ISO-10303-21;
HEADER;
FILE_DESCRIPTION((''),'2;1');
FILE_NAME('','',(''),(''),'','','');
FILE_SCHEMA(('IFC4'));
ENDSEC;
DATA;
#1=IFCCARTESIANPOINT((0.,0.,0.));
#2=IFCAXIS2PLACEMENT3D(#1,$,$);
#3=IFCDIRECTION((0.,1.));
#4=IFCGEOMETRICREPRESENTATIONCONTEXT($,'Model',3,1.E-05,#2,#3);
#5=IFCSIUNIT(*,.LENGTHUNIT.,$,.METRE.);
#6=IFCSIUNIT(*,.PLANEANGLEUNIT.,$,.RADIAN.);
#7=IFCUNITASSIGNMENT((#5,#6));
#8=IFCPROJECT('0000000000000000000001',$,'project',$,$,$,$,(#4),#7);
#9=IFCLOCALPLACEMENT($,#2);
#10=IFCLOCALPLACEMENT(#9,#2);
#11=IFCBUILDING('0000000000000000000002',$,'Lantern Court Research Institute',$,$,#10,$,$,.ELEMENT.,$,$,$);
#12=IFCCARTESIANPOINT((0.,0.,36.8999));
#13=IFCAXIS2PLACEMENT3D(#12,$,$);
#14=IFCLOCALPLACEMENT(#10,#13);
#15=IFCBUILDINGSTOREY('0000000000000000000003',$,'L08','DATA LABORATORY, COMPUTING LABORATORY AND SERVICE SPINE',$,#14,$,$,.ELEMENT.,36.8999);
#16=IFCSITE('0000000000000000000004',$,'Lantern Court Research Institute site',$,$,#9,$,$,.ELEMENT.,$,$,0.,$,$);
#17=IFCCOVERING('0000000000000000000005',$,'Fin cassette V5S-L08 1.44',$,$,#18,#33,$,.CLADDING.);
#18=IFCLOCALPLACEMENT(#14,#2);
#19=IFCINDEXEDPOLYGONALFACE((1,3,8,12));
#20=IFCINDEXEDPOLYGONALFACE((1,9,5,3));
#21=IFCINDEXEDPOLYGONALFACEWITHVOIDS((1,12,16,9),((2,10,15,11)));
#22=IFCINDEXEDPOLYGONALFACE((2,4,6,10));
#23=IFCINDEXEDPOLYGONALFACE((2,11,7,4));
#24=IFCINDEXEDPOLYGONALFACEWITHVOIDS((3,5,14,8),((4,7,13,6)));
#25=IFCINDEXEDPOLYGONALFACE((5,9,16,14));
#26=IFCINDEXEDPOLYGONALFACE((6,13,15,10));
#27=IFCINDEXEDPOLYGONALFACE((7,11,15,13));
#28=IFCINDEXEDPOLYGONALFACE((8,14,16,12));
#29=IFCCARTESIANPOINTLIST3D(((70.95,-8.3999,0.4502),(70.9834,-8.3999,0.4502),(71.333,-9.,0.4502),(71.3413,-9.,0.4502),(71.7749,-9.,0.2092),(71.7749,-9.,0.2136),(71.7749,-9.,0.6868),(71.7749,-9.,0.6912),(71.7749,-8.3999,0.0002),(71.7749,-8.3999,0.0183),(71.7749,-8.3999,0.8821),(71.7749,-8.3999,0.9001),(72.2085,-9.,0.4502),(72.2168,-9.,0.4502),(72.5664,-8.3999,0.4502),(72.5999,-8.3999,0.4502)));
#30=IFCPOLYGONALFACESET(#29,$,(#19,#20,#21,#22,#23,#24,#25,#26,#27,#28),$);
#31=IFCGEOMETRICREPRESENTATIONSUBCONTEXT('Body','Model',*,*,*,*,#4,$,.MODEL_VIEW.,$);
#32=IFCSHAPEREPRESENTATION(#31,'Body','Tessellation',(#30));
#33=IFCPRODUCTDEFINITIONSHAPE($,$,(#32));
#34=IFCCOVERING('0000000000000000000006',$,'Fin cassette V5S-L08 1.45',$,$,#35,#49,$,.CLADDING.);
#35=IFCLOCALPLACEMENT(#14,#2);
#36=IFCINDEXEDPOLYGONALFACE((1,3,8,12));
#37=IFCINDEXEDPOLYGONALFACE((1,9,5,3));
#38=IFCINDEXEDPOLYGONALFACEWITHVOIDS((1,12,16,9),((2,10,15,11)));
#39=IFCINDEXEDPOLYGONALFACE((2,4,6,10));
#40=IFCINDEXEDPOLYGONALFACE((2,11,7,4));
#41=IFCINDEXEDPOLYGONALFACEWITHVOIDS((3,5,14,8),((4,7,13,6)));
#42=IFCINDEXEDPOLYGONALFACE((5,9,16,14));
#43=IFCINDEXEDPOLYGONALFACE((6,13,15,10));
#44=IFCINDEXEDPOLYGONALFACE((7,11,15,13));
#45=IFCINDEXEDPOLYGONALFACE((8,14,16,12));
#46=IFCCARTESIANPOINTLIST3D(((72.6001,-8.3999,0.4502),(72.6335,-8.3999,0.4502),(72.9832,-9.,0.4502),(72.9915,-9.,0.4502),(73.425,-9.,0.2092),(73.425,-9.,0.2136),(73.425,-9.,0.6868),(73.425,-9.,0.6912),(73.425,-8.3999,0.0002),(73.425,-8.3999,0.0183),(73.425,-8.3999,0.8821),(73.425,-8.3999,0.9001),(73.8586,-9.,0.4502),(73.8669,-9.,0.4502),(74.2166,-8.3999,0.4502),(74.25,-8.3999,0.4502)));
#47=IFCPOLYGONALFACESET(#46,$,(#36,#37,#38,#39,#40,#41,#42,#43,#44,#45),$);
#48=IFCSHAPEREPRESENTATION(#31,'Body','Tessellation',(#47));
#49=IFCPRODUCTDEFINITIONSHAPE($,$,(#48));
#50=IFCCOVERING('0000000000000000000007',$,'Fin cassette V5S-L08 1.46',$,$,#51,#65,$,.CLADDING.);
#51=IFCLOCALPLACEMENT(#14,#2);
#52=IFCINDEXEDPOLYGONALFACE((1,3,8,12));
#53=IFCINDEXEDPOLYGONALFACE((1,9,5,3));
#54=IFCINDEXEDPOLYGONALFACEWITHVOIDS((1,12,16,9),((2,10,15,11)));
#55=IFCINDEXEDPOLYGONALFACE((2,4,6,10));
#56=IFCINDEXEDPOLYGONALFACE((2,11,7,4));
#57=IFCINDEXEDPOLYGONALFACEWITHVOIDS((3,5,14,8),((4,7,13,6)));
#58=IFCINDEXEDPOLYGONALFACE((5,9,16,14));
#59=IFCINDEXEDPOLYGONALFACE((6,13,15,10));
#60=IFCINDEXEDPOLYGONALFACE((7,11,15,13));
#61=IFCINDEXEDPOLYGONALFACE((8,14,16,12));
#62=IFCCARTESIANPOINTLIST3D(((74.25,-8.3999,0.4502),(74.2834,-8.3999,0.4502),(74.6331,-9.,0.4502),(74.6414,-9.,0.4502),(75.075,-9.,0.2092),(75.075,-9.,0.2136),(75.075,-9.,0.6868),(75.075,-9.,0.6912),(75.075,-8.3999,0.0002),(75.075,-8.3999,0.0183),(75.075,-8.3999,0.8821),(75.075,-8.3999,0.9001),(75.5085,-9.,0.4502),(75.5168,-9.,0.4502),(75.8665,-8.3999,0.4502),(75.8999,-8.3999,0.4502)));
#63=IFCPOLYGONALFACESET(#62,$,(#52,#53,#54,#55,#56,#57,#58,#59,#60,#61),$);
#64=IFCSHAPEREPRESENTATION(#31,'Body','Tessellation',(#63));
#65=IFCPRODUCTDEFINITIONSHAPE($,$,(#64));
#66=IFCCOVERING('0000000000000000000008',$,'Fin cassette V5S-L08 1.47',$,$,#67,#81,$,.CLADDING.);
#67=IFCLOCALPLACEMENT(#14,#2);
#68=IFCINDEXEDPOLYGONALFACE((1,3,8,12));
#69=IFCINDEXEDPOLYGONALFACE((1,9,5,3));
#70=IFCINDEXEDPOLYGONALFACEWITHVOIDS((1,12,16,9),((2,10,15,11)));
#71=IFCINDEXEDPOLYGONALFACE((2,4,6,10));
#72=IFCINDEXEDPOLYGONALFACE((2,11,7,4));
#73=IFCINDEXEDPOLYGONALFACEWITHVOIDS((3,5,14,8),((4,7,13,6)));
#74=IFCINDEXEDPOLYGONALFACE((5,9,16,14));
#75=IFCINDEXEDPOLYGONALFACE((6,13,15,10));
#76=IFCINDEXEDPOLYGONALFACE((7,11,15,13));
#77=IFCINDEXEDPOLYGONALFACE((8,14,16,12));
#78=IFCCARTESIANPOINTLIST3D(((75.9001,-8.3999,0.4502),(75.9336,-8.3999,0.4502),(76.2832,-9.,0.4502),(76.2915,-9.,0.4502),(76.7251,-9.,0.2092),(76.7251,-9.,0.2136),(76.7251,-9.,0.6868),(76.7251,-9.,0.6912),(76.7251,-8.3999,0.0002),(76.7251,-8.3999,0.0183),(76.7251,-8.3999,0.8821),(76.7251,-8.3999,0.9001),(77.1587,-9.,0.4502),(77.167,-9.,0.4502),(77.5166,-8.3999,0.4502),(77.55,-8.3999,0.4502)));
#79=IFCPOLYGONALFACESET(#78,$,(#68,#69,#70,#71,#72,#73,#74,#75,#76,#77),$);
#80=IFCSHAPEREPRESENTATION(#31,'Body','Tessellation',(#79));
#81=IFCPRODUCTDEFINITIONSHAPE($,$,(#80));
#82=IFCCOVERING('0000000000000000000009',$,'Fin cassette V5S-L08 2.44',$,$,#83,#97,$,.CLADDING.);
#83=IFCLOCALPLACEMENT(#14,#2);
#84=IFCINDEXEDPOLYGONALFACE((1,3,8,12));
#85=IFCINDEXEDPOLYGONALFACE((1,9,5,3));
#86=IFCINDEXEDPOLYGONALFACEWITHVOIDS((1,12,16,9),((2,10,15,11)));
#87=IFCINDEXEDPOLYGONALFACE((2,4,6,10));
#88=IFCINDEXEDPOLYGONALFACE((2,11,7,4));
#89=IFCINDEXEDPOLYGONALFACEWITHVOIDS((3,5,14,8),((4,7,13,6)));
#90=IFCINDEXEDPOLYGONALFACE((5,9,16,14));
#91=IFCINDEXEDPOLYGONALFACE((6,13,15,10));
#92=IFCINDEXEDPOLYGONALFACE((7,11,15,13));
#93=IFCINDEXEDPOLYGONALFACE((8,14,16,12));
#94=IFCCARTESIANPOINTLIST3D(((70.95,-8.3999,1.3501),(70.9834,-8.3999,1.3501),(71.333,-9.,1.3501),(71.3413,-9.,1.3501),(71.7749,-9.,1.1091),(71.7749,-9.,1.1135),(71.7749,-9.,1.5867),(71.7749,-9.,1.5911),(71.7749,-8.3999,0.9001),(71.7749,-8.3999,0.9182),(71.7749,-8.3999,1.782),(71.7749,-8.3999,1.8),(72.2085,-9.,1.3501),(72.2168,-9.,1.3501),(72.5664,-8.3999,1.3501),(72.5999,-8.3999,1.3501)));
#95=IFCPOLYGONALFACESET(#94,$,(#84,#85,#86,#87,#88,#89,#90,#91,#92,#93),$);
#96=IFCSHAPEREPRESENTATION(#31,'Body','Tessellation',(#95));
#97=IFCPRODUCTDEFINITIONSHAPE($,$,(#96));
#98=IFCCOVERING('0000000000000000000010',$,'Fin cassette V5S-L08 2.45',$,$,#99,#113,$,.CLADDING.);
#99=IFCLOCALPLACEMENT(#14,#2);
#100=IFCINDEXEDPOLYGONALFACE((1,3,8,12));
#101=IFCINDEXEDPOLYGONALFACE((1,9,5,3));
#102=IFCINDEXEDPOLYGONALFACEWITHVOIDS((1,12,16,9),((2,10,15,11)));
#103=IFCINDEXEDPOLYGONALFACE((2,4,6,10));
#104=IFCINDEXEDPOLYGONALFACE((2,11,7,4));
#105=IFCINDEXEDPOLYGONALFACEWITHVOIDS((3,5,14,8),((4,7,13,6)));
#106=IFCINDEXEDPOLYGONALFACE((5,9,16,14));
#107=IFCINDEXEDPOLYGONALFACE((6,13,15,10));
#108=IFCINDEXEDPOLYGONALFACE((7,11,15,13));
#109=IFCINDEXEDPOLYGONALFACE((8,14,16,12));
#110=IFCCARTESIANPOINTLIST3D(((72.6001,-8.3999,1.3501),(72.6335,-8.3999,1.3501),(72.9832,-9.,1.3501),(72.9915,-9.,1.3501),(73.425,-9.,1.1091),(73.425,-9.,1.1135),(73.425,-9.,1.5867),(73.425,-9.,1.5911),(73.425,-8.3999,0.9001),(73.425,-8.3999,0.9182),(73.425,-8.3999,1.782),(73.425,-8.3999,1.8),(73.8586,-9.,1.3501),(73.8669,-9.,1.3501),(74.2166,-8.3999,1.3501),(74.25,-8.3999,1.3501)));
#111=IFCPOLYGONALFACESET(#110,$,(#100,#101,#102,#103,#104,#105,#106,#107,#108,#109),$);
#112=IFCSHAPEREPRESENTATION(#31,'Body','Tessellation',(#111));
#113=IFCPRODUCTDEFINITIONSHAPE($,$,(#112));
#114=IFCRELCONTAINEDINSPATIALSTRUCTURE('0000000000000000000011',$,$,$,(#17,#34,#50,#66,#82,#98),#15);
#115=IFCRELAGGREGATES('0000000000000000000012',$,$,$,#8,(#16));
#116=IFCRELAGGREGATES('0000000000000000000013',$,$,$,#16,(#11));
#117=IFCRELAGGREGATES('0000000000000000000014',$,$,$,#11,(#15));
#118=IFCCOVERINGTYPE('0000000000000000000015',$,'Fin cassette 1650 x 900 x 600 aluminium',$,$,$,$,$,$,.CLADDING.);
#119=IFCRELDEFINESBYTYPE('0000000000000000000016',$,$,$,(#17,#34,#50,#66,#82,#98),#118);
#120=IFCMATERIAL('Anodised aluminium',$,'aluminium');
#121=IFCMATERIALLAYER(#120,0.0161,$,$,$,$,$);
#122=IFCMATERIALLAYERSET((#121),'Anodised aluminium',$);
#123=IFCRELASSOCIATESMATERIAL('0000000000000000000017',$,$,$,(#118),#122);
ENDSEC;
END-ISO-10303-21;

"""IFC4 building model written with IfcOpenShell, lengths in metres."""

from ifc_helpers import new_model, entity, si_unit, direction, frame, origin, place, context, subcontext, project, spatial, material, layer, layer_set, type_object, element, save


model = new_model("IFC4")

# Units and contexts
model_context = context("Model", 3, precision=1e-05, world=origin(), true_north=direction((0.0, 1.0)))
body_context = subcontext(model_context, "Body", "Model", "MODEL_VIEW")
ifc_project = project(units=[si_unit("LENGTHUNIT", "METRE"), si_unit("PLANEANGLEUNIT", "RADIAN")], contexts=[model_context])

# Site, building, storey
site_placement = place(None, origin())
site = spatial("IfcSite", under=ifc_project, at=site_placement, Name="Lantern Court Research Institute site", CompositionType="ELEMENT", RefElevation=0.0)
building_placement = place(site_placement, origin())
building = spatial("IfcBuilding", under=site, at=building_placement, Name="Lantern Court Research Institute", CompositionType="ELEMENT")
storey_placement = place(building_placement, frame((0.0, 0.0, 36.8999)))
storey = spatial("IfcBuildingStorey", under=building, at=storey_placement, Name="L08", Description="DATA LABORATORY, COMPUTING LABORATORY AND SERVICE SPINE", CompositionType="ELEMENT", Elevation=36.8999)

# Coverings
ifc_material = material(Name="Anodised aluminium", Category="aluminium")
ifc_layer = layer(ifc_material, 0.0161)
ifc_layer_set = layer_set([ifc_layer], Name="Anodised aluminium")
covering_type = type_object("IfcCoveringType", Name="Fin cassette 1650 x 900 x 600 aluminium", PredefinedType="CLADDING", material=ifc_layer_set)
covering_1_placement = place(storey_placement, frame((71.7749, -8.3999, 0.4502), z_axis=(0.0, -1.0, 0.0), x_axis=(1.0, 0.0, 0.0)))
cartesian_point_1 = entity("IfcCartesianPoint", [0.825, 0.0])
cartesian_point_2 = entity("IfcCartesianPoint", [0.7915, 0.0])
cartesian_point_3 = entity("IfcCartesianPoint", [0.4419, 0.0])
cartesian_point_4 = entity("IfcCartesianPoint", [0.4336, 0.0])
element("IfcCovering", 1, at=covering_1_placement, inside=storey, type_object=covering_type, Name="Fin cassette V5S-L08 1.44", PredefinedType="CLADDING", context=body_context, shape_type="SweptSolid", body=[
    entity("IfcExtrudedAreaSolidTapered", entity("IfcArbitraryProfileDefWithVoids", "AREA", None, entity("IfcPolyline", [cartesian_point_1, entity("IfcCartesianPoint", [0.0, 0.45]), entity("IfcCartesianPoint", [-0.825, 0.0]), entity("IfcCartesianPoint", [0.0, -0.45]), cartesian_point_1]), [entity("IfcPolyline", [cartesian_point_2, entity("IfcCartesianPoint", [0.0, 0.4319]), entity("IfcCartesianPoint", [-0.7915, 0.0]), entity("IfcCartesianPoint", [0.0, -0.4319]), cartesian_point_2])]), entity("IfcAxis2Placement3D", entity("IfcCartesianPoint", [0.0, 0.0, 0.0])), entity("IfcDirection", [0.0, 0.0, 1.0]), 0.6001, entity("IfcArbitraryProfileDefWithVoids", "AREA", None, entity("IfcPolyline", [cartesian_point_3, entity("IfcCartesianPoint", [0.0, 0.241]), entity("IfcCartesianPoint", [-0.4419, 0.0]), entity("IfcCartesianPoint", [0.0, -0.241]), cartesian_point_3]), [entity("IfcPolyline", [cartesian_point_4, entity("IfcCartesianPoint", [0.0, 0.2366]), entity("IfcCartesianPoint", [-0.4336, 0.0]), entity("IfcCartesianPoint", [0.0, -0.2366]), cartesian_point_4])])),
])
covering_2_placement = place(storey_placement, frame((73.425, -8.3999, 0.4502), z_axis=(0.0, -1.0, 0.0), x_axis=(1.0, 0.0, 0.0)))
cartesian_point_5 = entity("IfcCartesianPoint", [0.825, 0.0])
cartesian_point_6 = entity("IfcCartesianPoint", [0.7915, 0.0])
cartesian_point_7 = entity("IfcCartesianPoint", [0.4419, 0.0])
cartesian_point_8 = entity("IfcCartesianPoint", [0.4336, 0.0])
element("IfcCovering", 2, at=covering_2_placement, inside=storey, type_object=covering_type, Name="Fin cassette V5S-L08 1.45", PredefinedType="CLADDING", context=body_context, shape_type="SweptSolid", body=[
    entity("IfcExtrudedAreaSolidTapered", entity("IfcArbitraryProfileDefWithVoids", "AREA", None, entity("IfcPolyline", [cartesian_point_5, entity("IfcCartesianPoint", [0.0, 0.45]), entity("IfcCartesianPoint", [-0.825, 0.0]), entity("IfcCartesianPoint", [0.0, -0.45]), cartesian_point_5]), [entity("IfcPolyline", [cartesian_point_6, entity("IfcCartesianPoint", [0.0, 0.4319]), entity("IfcCartesianPoint", [-0.7915, 0.0]), entity("IfcCartesianPoint", [0.0, -0.4319]), cartesian_point_6])]), entity("IfcAxis2Placement3D", entity("IfcCartesianPoint", [0.0, 0.0, 0.0])), entity("IfcDirection", [0.0, 0.0, 1.0]), 0.6001, entity("IfcArbitraryProfileDefWithVoids", "AREA", None, entity("IfcPolyline", [cartesian_point_7, entity("IfcCartesianPoint", [0.0, 0.241]), entity("IfcCartesianPoint", [-0.4419, 0.0]), entity("IfcCartesianPoint", [0.0, -0.241]), cartesian_point_7]), [entity("IfcPolyline", [cartesian_point_8, entity("IfcCartesianPoint", [0.0, 0.2366]), entity("IfcCartesianPoint", [-0.4336, 0.0]), entity("IfcCartesianPoint", [0.0, -0.2366]), cartesian_point_8])])),
])
covering_3_placement = place(storey_placement, frame((75.075, -8.3999, 0.4502), z_axis=(0.0, -1.0, 0.0), x_axis=(1.0, 0.0, 0.0)))
cartesian_point_9 = entity("IfcCartesianPoint", [0.825, 0.0])
cartesian_point_10 = entity("IfcCartesianPoint", [0.7915, 0.0])
cartesian_point_11 = entity("IfcCartesianPoint", [0.4419, 0.0])
cartesian_point_12 = entity("IfcCartesianPoint", [0.4336, 0.0])
element("IfcCovering", 3, at=covering_3_placement, inside=storey, type_object=covering_type, Name="Fin cassette V5S-L08 1.46", PredefinedType="CLADDING", context=body_context, shape_type="SweptSolid", body=[
    entity("IfcExtrudedAreaSolidTapered", entity("IfcArbitraryProfileDefWithVoids", "AREA", None, entity("IfcPolyline", [cartesian_point_9, entity("IfcCartesianPoint", [0.0, 0.45]), entity("IfcCartesianPoint", [-0.825, 0.0]), entity("IfcCartesianPoint", [0.0, -0.45]), cartesian_point_9]), [entity("IfcPolyline", [cartesian_point_10, entity("IfcCartesianPoint", [0.0, 0.4319]), entity("IfcCartesianPoint", [-0.7915, 0.0]), entity("IfcCartesianPoint", [0.0, -0.4319]), cartesian_point_10])]), entity("IfcAxis2Placement3D", entity("IfcCartesianPoint", [0.0, 0.0, 0.0])), entity("IfcDirection", [0.0, 0.0, 1.0]), 0.6001, entity("IfcArbitraryProfileDefWithVoids", "AREA", None, entity("IfcPolyline", [cartesian_point_11, entity("IfcCartesianPoint", [0.0, 0.241]), entity("IfcCartesianPoint", [-0.4419, 0.0]), entity("IfcCartesianPoint", [0.0, -0.241]), cartesian_point_11]), [entity("IfcPolyline", [cartesian_point_12, entity("IfcCartesianPoint", [0.0, 0.2366]), entity("IfcCartesianPoint", [-0.4336, 0.0]), entity("IfcCartesianPoint", [0.0, -0.2366]), cartesian_point_12])])),
])
covering_4_placement = place(storey_placement, frame((76.7251, -8.3999, 0.4502), z_axis=(0.0, -1.0, 0.0), x_axis=(1.0, 0.0, 0.0)))
cartesian_point_13 = entity("IfcCartesianPoint", [0.825, 0.0])
cartesian_point_14 = entity("IfcCartesianPoint", [0.7915, 0.0])
cartesian_point_15 = entity("IfcCartesianPoint", [0.4419, 0.0])
cartesian_point_16 = entity("IfcCartesianPoint", [0.4336, 0.0])
element("IfcCovering", 4, at=covering_4_placement, inside=storey, type_object=covering_type, Name="Fin cassette V5S-L08 1.47", PredefinedType="CLADDING", context=body_context, shape_type="SweptSolid", body=[
    entity("IfcExtrudedAreaSolidTapered", entity("IfcArbitraryProfileDefWithVoids", "AREA", None, entity("IfcPolyline", [cartesian_point_13, entity("IfcCartesianPoint", [0.0, 0.45]), entity("IfcCartesianPoint", [-0.825, 0.0]), entity("IfcCartesianPoint", [0.0, -0.45]), cartesian_point_13]), [entity("IfcPolyline", [cartesian_point_14, entity("IfcCartesianPoint", [0.0, 0.4319]), entity("IfcCartesianPoint", [-0.7915, 0.0]), entity("IfcCartesianPoint", [0.0, -0.4319]), cartesian_point_14])]), entity("IfcAxis2Placement3D", entity("IfcCartesianPoint", [0.0, 0.0, 0.0])), entity("IfcDirection", [0.0, 0.0, 1.0]), 0.6001, entity("IfcArbitraryProfileDefWithVoids", "AREA", None, entity("IfcPolyline", [cartesian_point_15, entity("IfcCartesianPoint", [0.0, 0.241]), entity("IfcCartesianPoint", [-0.4419, 0.0]), entity("IfcCartesianPoint", [0.0, -0.241]), cartesian_point_15]), [entity("IfcPolyline", [cartesian_point_16, entity("IfcCartesianPoint", [0.0, 0.2366]), entity("IfcCartesianPoint", [-0.4336, 0.0]), entity("IfcCartesianPoint", [0.0, -0.2366]), cartesian_point_16])])),
])
covering_5_placement = place(storey_placement, frame((71.7749, -8.3999, 1.3501), z_axis=(0.0, -1.0, 0.0), x_axis=(1.0, 0.0, 0.0)))
cartesian_point_17 = entity("IfcCartesianPoint", [0.825, 0.0])
cartesian_point_18 = entity("IfcCartesianPoint", [0.7915, 0.0])
cartesian_point_19 = entity("IfcCartesianPoint", [0.4419, 0.0])
cartesian_point_20 = entity("IfcCartesianPoint", [0.4336, 0.0])
element("IfcCovering", 5, at=covering_5_placement, inside=storey, type_object=covering_type, Name="Fin cassette V5S-L08 2.44", PredefinedType="CLADDING", context=body_context, shape_type="SweptSolid", body=[
    entity("IfcExtrudedAreaSolidTapered", entity("IfcArbitraryProfileDefWithVoids", "AREA", None, entity("IfcPolyline", [cartesian_point_17, entity("IfcCartesianPoint", [0.0, 0.45]), entity("IfcCartesianPoint", [-0.825, 0.0]), entity("IfcCartesianPoint", [0.0, -0.45]), cartesian_point_17]), [entity("IfcPolyline", [cartesian_point_18, entity("IfcCartesianPoint", [0.0, 0.4319]), entity("IfcCartesianPoint", [-0.7915, 0.0]), entity("IfcCartesianPoint", [0.0, -0.4319]), cartesian_point_18])]), entity("IfcAxis2Placement3D", entity("IfcCartesianPoint", [0.0, 0.0, 0.0])), entity("IfcDirection", [0.0, 0.0, 1.0]), 0.6001, entity("IfcArbitraryProfileDefWithVoids", "AREA", None, entity("IfcPolyline", [cartesian_point_19, entity("IfcCartesianPoint", [0.0, 0.241]), entity("IfcCartesianPoint", [-0.4419, 0.0]), entity("IfcCartesianPoint", [0.0, -0.241]), cartesian_point_19]), [entity("IfcPolyline", [cartesian_point_20, entity("IfcCartesianPoint", [0.0, 0.2366]), entity("IfcCartesianPoint", [-0.4336, 0.0]), entity("IfcCartesianPoint", [0.0, -0.2366]), cartesian_point_20])])),
])
covering_6_placement = place(storey_placement, frame((73.425, -8.3999, 1.3501), z_axis=(0.0, -1.0, 0.0), x_axis=(1.0, 0.0, 0.0)))
cartesian_point_21 = entity("IfcCartesianPoint", [0.825, 0.0])
cartesian_point_22 = entity("IfcCartesianPoint", [0.7915, 0.0])
cartesian_point_23 = entity("IfcCartesianPoint", [0.4419, 0.0])
cartesian_point_24 = entity("IfcCartesianPoint", [0.4336, 0.0])
element("IfcCovering", 6, at=covering_6_placement, inside=storey, type_object=covering_type, Name="Fin cassette V5S-L08 2.45", PredefinedType="CLADDING", context=body_context, shape_type="SweptSolid", body=[
    entity("IfcExtrudedAreaSolidTapered", entity("IfcArbitraryProfileDefWithVoids", "AREA", None, entity("IfcPolyline", [cartesian_point_21, entity("IfcCartesianPoint", [0.0, 0.45]), entity("IfcCartesianPoint", [-0.825, 0.0]), entity("IfcCartesianPoint", [0.0, -0.45]), cartesian_point_21]), [entity("IfcPolyline", [cartesian_point_22, entity("IfcCartesianPoint", [0.0, 0.4319]), entity("IfcCartesianPoint", [-0.7915, 0.0]), entity("IfcCartesianPoint", [0.0, -0.4319]), cartesian_point_22])]), entity("IfcAxis2Placement3D", entity("IfcCartesianPoint", [0.0, 0.0, 0.0])), entity("IfcDirection", [0.0, 0.0, 1.0]), 0.6001, entity("IfcArbitraryProfileDefWithVoids", "AREA", None, entity("IfcPolyline", [cartesian_point_23, entity("IfcCartesianPoint", [0.0, 0.241]), entity("IfcCartesianPoint", [-0.4419, 0.0]), entity("IfcCartesianPoint", [0.0, -0.241]), cartesian_point_23]), [entity("IfcPolyline", [cartesian_point_24, entity("IfcCartesianPoint", [0.0, 0.2366]), entity("IfcCartesianPoint", [-0.4336, 0.0]), entity("IfcCartesianPoint", [0.0, -0.2366]), cartesian_point_24])])),
])

save(model, "model.ifc")
